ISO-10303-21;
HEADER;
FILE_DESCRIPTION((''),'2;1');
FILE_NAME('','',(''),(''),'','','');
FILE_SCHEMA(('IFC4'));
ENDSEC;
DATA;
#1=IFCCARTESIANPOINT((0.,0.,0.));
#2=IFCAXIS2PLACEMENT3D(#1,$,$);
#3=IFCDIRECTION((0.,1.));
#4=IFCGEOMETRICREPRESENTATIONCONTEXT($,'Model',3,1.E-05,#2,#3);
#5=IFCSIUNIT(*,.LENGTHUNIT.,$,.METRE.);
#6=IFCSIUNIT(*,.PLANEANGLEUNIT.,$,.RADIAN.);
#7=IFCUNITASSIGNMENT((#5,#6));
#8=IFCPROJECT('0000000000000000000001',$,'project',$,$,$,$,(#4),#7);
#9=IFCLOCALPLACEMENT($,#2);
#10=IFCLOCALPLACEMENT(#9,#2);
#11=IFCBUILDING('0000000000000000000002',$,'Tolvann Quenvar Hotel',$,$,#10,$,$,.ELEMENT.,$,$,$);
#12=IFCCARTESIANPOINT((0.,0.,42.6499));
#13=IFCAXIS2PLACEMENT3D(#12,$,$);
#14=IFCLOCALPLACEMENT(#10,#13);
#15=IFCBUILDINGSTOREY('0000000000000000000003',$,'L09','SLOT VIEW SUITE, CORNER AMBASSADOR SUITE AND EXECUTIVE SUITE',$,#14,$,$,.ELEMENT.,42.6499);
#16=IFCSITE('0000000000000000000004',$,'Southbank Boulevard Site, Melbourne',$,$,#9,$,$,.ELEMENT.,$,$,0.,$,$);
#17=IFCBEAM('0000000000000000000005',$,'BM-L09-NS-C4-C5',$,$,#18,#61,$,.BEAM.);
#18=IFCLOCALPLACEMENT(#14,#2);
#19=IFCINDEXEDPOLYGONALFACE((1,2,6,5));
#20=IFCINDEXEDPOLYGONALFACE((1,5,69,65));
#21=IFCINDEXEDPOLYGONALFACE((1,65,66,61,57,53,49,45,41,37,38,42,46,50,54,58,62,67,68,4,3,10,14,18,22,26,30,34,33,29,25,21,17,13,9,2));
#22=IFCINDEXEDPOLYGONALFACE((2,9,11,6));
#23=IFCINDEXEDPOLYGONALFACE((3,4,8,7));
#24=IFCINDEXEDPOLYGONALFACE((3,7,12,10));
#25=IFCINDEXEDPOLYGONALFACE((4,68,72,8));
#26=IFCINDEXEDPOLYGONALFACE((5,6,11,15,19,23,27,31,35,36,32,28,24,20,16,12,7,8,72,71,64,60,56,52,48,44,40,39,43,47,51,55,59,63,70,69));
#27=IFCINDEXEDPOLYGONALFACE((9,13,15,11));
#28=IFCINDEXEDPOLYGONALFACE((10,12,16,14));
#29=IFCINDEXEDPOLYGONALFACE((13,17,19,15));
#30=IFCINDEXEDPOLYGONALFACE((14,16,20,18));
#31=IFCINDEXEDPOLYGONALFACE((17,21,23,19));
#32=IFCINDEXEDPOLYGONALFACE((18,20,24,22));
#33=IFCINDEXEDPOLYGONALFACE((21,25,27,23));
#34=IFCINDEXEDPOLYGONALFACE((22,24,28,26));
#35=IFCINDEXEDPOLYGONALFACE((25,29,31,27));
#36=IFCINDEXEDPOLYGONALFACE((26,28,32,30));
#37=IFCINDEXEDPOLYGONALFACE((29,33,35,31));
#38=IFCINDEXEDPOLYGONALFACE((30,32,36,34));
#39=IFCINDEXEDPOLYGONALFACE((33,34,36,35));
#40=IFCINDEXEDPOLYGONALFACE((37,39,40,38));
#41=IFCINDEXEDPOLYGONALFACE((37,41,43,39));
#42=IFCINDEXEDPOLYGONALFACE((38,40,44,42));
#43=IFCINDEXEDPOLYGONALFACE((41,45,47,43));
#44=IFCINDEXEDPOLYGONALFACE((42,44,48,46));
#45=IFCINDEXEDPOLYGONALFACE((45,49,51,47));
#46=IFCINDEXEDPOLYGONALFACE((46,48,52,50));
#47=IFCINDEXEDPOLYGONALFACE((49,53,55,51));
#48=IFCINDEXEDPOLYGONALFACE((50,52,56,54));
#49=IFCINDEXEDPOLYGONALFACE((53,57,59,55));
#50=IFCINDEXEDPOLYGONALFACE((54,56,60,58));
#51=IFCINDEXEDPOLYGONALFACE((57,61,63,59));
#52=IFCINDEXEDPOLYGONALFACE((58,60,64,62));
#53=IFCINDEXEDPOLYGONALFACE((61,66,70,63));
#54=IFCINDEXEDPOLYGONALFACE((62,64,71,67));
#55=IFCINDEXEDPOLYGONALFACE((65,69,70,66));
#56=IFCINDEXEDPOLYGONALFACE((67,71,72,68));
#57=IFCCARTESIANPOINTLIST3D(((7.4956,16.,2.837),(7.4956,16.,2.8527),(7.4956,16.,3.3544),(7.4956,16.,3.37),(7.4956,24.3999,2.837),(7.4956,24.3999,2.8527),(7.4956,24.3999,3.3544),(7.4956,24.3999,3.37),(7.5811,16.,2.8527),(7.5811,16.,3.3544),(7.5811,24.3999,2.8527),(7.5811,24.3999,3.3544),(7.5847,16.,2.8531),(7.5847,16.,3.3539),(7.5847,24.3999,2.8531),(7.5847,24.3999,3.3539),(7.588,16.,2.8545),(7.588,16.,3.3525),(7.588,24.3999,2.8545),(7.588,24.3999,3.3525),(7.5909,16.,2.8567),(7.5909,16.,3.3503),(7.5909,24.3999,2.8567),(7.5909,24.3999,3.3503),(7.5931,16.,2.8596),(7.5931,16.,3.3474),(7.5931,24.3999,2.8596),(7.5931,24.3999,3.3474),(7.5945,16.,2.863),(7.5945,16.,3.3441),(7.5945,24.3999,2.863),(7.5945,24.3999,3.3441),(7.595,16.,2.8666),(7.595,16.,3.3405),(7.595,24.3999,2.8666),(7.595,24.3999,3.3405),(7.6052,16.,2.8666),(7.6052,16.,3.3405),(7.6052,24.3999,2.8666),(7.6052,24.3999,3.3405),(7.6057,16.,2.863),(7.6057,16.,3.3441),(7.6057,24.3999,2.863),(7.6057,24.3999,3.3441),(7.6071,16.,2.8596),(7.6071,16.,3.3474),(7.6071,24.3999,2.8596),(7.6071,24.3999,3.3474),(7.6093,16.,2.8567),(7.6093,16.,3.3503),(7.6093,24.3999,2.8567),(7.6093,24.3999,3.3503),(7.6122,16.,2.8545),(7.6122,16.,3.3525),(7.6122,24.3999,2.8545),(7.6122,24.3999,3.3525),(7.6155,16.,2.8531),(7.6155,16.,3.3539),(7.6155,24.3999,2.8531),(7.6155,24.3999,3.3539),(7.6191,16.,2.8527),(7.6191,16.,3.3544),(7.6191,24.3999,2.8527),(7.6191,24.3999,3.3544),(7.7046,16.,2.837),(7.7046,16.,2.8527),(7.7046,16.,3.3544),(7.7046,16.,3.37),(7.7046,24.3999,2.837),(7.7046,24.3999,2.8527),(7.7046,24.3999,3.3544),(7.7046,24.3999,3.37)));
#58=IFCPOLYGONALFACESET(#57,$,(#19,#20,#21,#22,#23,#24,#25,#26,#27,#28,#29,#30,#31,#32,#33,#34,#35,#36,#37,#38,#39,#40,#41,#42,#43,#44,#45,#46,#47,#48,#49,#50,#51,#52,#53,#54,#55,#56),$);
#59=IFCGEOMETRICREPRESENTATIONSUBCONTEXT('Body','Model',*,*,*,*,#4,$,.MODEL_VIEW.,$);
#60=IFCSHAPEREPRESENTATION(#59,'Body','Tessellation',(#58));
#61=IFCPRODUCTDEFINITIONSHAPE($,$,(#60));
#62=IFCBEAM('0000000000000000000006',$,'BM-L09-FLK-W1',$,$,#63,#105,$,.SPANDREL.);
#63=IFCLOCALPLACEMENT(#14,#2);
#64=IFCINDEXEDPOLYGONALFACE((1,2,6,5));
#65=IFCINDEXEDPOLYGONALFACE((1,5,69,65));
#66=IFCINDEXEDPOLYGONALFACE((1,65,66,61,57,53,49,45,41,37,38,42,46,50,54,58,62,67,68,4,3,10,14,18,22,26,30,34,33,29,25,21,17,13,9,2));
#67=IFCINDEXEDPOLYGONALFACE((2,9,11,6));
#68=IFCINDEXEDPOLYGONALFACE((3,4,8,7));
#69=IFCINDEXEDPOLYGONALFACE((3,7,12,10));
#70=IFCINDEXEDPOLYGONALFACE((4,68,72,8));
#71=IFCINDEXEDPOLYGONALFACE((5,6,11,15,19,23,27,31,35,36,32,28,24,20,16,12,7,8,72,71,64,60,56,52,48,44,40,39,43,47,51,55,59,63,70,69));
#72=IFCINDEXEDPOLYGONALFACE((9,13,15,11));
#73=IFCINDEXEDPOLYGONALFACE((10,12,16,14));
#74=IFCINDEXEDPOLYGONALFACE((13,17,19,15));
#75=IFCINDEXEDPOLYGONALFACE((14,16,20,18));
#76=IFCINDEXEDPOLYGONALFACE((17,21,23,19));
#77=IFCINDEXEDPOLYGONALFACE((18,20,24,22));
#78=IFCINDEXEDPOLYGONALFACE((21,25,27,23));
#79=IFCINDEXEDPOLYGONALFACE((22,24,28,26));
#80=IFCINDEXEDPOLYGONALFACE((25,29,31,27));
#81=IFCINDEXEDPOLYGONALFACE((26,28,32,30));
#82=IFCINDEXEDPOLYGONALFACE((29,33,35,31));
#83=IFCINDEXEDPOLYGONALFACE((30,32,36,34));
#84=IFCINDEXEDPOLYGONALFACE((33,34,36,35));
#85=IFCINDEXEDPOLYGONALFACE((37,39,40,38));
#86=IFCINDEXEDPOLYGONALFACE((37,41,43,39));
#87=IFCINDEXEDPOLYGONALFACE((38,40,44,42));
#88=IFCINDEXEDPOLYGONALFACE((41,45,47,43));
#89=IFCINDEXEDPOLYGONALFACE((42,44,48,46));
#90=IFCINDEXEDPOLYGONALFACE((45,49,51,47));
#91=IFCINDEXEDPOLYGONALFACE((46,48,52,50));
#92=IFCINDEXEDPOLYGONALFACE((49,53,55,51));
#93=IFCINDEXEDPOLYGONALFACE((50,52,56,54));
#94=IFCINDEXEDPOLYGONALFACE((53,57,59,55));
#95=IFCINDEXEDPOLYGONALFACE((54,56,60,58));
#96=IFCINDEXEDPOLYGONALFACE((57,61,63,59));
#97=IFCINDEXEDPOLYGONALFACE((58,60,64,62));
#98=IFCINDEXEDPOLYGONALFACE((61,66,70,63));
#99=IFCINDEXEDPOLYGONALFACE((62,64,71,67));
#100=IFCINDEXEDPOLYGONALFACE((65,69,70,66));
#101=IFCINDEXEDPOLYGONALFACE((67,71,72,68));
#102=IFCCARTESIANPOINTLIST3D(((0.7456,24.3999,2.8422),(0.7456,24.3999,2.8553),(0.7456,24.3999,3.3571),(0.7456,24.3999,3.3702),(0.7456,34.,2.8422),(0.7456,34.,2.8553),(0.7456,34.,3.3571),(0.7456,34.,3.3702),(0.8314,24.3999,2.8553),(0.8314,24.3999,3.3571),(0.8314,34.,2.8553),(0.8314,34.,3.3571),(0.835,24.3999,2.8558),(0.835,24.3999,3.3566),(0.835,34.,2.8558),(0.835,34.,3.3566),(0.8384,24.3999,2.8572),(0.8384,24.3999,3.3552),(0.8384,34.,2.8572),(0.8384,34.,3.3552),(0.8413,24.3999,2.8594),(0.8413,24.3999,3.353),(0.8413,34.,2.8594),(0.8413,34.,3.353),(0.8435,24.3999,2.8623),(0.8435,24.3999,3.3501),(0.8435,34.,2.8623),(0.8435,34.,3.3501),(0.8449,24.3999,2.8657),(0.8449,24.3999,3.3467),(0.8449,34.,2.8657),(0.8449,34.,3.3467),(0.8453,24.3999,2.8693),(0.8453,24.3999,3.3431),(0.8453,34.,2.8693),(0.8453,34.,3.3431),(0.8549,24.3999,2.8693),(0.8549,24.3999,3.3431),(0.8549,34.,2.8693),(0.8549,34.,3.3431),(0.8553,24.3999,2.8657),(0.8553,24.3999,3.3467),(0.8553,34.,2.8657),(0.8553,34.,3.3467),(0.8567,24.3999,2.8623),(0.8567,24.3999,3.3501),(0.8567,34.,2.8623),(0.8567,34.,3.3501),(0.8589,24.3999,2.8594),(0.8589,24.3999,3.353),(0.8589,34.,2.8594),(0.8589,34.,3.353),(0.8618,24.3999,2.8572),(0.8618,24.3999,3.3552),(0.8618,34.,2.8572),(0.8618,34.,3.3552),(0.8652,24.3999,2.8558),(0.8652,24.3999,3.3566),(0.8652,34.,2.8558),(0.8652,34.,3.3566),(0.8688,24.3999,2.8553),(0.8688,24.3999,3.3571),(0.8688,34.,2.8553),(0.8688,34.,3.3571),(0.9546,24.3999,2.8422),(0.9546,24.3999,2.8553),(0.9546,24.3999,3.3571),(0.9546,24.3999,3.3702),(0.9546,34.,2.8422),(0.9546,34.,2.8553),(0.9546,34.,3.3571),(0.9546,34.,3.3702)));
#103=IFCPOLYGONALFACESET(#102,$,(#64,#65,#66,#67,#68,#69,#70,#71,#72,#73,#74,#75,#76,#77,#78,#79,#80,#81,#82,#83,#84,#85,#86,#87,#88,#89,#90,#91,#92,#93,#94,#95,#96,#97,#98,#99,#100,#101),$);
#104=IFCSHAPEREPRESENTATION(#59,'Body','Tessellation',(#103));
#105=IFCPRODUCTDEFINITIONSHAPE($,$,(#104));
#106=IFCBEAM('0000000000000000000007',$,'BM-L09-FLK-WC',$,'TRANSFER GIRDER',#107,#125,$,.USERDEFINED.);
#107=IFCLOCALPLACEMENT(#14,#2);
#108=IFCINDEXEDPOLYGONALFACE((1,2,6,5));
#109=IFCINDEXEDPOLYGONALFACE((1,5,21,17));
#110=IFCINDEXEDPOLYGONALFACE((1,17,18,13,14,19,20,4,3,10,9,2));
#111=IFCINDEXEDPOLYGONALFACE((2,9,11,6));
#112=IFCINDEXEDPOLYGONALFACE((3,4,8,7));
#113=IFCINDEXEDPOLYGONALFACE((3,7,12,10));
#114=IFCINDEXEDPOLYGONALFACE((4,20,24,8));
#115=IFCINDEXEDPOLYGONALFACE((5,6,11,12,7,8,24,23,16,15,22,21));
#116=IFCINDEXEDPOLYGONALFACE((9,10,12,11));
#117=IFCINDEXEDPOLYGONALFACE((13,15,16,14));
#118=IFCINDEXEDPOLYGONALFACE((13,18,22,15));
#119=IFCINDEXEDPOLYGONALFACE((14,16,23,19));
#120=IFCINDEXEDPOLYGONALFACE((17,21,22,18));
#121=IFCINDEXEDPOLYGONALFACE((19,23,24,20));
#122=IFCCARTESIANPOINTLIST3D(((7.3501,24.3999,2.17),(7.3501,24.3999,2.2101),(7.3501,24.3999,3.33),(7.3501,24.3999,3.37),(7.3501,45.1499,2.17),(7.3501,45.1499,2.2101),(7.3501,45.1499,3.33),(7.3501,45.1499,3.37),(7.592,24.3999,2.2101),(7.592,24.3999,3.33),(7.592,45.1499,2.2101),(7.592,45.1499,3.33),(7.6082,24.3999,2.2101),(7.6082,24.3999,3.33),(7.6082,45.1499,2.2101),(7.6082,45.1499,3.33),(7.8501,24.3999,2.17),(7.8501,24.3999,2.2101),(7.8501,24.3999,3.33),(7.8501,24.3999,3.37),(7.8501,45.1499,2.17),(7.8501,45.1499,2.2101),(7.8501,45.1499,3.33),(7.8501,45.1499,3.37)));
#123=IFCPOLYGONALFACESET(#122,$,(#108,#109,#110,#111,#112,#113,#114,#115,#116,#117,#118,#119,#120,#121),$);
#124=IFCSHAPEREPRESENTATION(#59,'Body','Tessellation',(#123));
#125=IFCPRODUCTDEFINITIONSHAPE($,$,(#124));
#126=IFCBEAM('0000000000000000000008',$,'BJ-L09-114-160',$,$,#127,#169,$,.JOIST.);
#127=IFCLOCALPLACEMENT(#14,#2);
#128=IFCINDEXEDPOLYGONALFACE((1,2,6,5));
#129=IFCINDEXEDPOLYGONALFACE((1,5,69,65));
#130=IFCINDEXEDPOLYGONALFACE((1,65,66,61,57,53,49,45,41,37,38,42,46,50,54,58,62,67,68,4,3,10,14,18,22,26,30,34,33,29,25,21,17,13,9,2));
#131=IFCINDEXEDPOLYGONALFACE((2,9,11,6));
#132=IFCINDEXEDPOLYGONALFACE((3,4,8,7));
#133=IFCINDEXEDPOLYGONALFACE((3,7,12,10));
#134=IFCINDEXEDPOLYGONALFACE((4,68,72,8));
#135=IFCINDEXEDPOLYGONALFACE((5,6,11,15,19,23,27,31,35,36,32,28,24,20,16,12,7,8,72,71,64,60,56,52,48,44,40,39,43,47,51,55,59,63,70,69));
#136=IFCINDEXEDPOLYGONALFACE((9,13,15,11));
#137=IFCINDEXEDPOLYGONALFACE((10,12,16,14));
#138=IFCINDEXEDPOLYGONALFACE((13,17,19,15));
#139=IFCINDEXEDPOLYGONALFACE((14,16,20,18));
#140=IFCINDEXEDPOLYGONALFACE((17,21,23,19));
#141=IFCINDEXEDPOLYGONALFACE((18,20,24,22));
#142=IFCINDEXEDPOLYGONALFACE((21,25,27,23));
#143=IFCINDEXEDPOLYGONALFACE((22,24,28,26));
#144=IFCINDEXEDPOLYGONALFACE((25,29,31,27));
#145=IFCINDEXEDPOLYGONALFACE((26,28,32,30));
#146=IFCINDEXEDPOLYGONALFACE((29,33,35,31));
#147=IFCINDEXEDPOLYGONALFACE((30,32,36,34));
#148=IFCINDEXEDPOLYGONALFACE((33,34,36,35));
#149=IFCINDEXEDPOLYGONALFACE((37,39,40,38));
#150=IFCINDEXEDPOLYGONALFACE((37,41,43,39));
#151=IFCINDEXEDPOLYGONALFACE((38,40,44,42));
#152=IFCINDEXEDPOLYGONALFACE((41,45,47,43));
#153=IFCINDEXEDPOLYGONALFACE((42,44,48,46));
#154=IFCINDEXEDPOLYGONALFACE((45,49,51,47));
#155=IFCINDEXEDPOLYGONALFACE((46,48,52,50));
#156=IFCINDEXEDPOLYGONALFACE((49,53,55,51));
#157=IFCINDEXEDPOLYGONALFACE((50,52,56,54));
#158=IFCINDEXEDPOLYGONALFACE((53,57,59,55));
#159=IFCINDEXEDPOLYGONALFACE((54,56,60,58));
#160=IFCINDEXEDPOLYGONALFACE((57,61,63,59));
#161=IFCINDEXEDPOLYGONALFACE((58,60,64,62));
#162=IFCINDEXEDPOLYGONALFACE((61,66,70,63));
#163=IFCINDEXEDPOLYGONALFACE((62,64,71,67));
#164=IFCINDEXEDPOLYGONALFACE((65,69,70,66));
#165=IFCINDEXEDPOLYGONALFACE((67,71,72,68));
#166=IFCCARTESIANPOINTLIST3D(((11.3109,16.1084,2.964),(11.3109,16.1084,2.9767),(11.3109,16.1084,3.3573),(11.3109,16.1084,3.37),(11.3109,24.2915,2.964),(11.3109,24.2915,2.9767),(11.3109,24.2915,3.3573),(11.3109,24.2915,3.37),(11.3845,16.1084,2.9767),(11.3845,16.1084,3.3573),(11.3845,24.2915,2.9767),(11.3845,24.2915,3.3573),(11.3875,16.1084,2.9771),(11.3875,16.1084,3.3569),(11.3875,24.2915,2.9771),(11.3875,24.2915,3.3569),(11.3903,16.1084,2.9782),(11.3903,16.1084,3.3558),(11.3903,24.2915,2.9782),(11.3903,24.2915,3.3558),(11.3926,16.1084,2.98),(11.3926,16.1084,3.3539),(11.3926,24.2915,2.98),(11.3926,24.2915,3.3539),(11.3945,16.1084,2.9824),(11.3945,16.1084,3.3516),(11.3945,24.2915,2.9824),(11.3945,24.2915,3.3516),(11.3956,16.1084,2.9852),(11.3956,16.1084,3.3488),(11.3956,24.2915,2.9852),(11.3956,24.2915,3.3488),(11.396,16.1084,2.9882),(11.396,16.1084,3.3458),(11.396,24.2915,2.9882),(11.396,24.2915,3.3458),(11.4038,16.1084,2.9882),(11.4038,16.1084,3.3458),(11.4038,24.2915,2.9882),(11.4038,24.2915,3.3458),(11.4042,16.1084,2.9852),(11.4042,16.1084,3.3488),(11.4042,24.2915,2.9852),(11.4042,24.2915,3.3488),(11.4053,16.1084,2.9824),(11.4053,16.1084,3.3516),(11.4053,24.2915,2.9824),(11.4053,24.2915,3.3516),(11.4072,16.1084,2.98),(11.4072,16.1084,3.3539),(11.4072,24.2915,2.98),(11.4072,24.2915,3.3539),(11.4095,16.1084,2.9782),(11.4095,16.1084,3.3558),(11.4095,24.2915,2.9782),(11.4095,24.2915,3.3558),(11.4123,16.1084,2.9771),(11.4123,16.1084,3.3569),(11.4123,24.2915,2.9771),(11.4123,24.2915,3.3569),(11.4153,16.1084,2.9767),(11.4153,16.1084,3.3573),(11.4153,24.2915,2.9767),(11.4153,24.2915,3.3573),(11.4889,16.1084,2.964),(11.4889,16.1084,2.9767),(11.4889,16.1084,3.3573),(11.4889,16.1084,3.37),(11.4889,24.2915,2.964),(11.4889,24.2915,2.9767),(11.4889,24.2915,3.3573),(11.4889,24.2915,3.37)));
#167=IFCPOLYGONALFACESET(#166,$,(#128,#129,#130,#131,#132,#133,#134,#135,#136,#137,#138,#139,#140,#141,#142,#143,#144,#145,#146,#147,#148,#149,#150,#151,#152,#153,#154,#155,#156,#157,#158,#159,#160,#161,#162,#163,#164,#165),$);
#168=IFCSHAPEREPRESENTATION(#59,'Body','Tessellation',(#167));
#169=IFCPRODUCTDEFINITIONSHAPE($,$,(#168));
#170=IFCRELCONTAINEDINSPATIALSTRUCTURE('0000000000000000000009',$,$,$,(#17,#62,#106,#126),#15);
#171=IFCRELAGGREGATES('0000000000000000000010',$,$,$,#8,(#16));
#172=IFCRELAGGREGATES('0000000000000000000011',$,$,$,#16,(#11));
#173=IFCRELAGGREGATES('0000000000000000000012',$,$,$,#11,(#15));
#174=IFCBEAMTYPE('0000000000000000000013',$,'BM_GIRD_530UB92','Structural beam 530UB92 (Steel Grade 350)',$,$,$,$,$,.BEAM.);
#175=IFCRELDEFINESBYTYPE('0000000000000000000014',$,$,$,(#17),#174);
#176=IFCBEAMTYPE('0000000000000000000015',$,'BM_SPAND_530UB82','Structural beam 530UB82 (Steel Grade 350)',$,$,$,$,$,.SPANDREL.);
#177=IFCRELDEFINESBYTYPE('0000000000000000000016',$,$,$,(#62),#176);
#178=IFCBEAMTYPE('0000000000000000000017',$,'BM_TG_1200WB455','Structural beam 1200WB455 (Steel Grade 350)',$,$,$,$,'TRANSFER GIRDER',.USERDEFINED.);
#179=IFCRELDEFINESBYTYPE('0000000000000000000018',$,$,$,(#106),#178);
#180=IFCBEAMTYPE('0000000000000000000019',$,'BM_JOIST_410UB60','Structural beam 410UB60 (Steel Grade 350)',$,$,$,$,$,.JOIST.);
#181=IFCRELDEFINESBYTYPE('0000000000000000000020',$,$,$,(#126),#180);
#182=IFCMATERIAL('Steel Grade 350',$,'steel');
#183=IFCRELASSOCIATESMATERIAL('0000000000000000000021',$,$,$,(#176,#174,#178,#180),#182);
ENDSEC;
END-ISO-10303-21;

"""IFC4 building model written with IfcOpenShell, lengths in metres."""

from ifc_helpers import new_model, si_unit, direction, frame, origin, origin_2d, place, context, subcontext, project, spatial, i_section, extrude, source, transform, mapped, material, material_profile, profile_set, type_object, type_shapes, element, save


model = new_model("IFC4")

# Units and contexts
model_context = context("Model", 3, precision=1e-05, world=origin(), true_north=direction((0.0, 1.0)))
body_context = subcontext(model_context, "Body", "Model", "MODEL_VIEW")
ifc_project = project(units=[si_unit("LENGTHUNIT", "METRE"), si_unit("PLANEANGLEUNIT", "RADIAN")], contexts=[model_context])

# Site, building, storey
site_placement = place(None, origin())
site = spatial("IfcSite", under=ifc_project, at=site_placement, Name="Southbank Boulevard Site, Melbourne", CompositionType="ELEMENT", RefElevation=0.0)
building_placement = place(site_placement, origin())
building = spatial("IfcBuilding", under=site, at=building_placement, Name="Tolvann Quenvar Hotel", CompositionType="ELEMENT")
storey_placement = place(building_placement, frame((0.0, 0.0, 42.6499)))
storey = spatial("IfcBuildingStorey", under=building, at=storey_placement, Name="L09", Description="SLOT VIEW SUITE, CORNER AMBASSADOR SUITE AND EXECUTIVE SUITE", CompositionType="ELEMENT", Elevation=42.6499)

# Shared definitions
ifc_material_1 = material(Name="Steel Grade 350", Category="steel")

# Beams
ifc_material_profile_1 = material_profile(ifc_material_1, i_section(OverallWidth=0.209, OverallDepth=0.5281, WebThickness=0.0095, FlangeThickness=0.0132, FilletRadius=0.0139, at=origin_2d()), Name="530UB82")
ifc_profile_set_1 = profile_set([ifc_material_profile_1], Name="Steel Grade 350")
beam_type_1 = type_object("IfcBeamType", Name="BM_SPAND_530UB82", Description="Structural beam 530UB82 (Steel Grade 350)", PredefinedType="SPANDREL", material=ifc_profile_set_1)
ifc_material_profile_2 = material_profile(ifc_material_1, i_section(OverallWidth=0.209, OverallDepth=0.533, WebThickness=0.0103, FlangeThickness=0.0156, FilletRadius=0.0139, at=origin_2d()), Name="530UB92")
ifc_profile_set_2 = profile_set([ifc_material_profile_2], Name="Steel Grade 350")
beam_type_2 = type_object("IfcBeamType", Name="BM_GIRD_530UB92", Description="Structural beam 530UB92 (Steel Grade 350)", PredefinedType="BEAM", material=ifc_profile_set_2)
shared_shape_1 = source(origin(), body_context, "Body", "SweptSolid", [
    extrude(i_section(OverallWidth=0.209, OverallDepth=0.533, WebThickness=0.0103, FlangeThickness=0.0156, FilletRadius=0.0139, at=origin_2d()), origin(), (0.0, 0.0, 1.0), 8.3999),
])
type_shapes(beam_type_2, [shared_shape_1])
beam_1_placement = place(storey_placement, frame((7.6001, 16.0, 3.1035), z_axis=(0.0, 1.0, 0.0), x_axis=(-1.0, 0.0, 0.0)))
element("IfcBeam", 1, at=beam_1_placement, inside=storey, type_object=beam_type_2, Name="BM-L09-NS-C4-C5", PredefinedType="BEAM", context=body_context, shape_type="MappedRepresentation", body=[
    mapped(shared_shape_1, transform((0.0, 0.0, 0.0), x_axis=(1.0, 0.0, 0.0), y_axis=(0.0, 1.0, 0.0), z_axis=(0.0, 0.0, 1.0), scale=1.0)),
])
shared_shape_2 = source(origin(), body_context, "Body", "SweptSolid", [
    extrude(i_section(OverallWidth=0.209, OverallDepth=0.5281, WebThickness=0.0095, FlangeThickness=0.0132, FilletRadius=0.0139, at=origin_2d()), origin(), (0.0, 0.0, 1.0), 9.6001),
])
beam_2_placement = place(storey_placement, frame((0.8501, 24.3999, 3.1062), z_axis=(0.0, 1.0, 0.0), x_axis=(-1.0, 0.0, 0.0)))
element("IfcBeam", 2, at=beam_2_placement, inside=storey, type_object=beam_type_1, Name="BM-L09-FLK-W1", PredefinedType="SPANDREL", context=body_context, shape_type="MappedRepresentation", body=[
    mapped(shared_shape_2, transform((0.0, 0.0, 0.0), x_axis=(1.0, 0.0, 0.0), y_axis=(0.0, 1.0, 0.0), z_axis=(0.0, 0.0, 1.0), scale=1.0)),
])
ifc_material_profile_3 = material_profile(ifc_material_1, i_section(OverallWidth=0.5, OverallDepth=1.2, WebThickness=0.0161, FlangeThickness=0.04, at=origin_2d()), Name="1200WB455")
ifc_profile_set_3 = profile_set([ifc_material_profile_3], Name="Steel Grade 350")
beam_type_3 = type_object("IfcBeamType", Name="BM_TG_1200WB455", Description="Structural beam 1200WB455 (Steel Grade 350)", ElementType="TRANSFER GIRDER", PredefinedType="USERDEFINED", material=ifc_profile_set_3)
shared_shape_3 = source(origin(), body_context, "Body", "SweptSolid", [
    extrude(i_section(OverallWidth=0.5, OverallDepth=1.2, WebThickness=0.0161, FlangeThickness=0.04, at=origin_2d()), origin(), (0.0, 0.0, 1.0), 20.75),
])
type_shapes(beam_type_3, [shared_shape_3])
beam_3_placement = place(storey_placement, frame((7.6001, 24.3999, 2.77), z_axis=(0.0, 1.0, 0.0), x_axis=(-1.0, 0.0, 0.0)))
element("IfcBeam", 3, at=beam_3_placement, inside=storey, type_object=beam_type_3, Name="BM-L09-FLK-WC", ObjectType="TRANSFER GIRDER", PredefinedType="USERDEFINED", context=body_context, shape_type="MappedRepresentation", body=[
    mapped(shared_shape_3, transform((0.0, 0.0, 0.0), x_axis=(1.0, 0.0, 0.0), y_axis=(0.0, 1.0, 0.0), z_axis=(0.0, 0.0, 1.0), scale=1.0)),
])
ifc_material_profile_4 = material_profile(ifc_material_1, i_section(OverallWidth=0.178, OverallDepth=0.406, WebThickness=0.0078, FlangeThickness=0.0127, FilletRadius=0.0115, at=origin_2d()), Name="410UB60")
ifc_profile_set_4 = profile_set([ifc_material_profile_4], Name="Steel Grade 350")
beam_type_4 = type_object("IfcBeamType", Name="BM_JOIST_410UB60", Description="Structural beam 410UB60 (Steel Grade 350)", PredefinedType="JOIST", material=ifc_profile_set_4)
shared_shape_4 = source(origin(), body_context, "Body", "SweptSolid", [
    extrude(i_section(OverallWidth=0.178, OverallDepth=0.406, WebThickness=0.0078, FlangeThickness=0.0127, FilletRadius=0.0115, at=origin_2d()), origin(), (0.0, 0.0, 1.0), 8.1831),
])
beam_4_placement = place(storey_placement, frame((11.3999, 16.1084, 3.167), z_axis=(0.0, 1.0, 0.0), x_axis=(-1.0, 0.0, 0.0)))
element("IfcBeam", 4, at=beam_4_placement, inside=storey, type_object=beam_type_4, Name="BJ-L09-114-160", PredefinedType="JOIST", context=body_context, shape_type="MappedRepresentation", body=[
    mapped(shared_shape_4, transform((0.0, 0.0, 0.0), x_axis=(1.0, 0.0, 0.0), y_axis=(0.0, 1.0, 0.0), z_axis=(0.0, 0.0, 1.0), scale=1.0)),
])

save(model, "model.ifc")
